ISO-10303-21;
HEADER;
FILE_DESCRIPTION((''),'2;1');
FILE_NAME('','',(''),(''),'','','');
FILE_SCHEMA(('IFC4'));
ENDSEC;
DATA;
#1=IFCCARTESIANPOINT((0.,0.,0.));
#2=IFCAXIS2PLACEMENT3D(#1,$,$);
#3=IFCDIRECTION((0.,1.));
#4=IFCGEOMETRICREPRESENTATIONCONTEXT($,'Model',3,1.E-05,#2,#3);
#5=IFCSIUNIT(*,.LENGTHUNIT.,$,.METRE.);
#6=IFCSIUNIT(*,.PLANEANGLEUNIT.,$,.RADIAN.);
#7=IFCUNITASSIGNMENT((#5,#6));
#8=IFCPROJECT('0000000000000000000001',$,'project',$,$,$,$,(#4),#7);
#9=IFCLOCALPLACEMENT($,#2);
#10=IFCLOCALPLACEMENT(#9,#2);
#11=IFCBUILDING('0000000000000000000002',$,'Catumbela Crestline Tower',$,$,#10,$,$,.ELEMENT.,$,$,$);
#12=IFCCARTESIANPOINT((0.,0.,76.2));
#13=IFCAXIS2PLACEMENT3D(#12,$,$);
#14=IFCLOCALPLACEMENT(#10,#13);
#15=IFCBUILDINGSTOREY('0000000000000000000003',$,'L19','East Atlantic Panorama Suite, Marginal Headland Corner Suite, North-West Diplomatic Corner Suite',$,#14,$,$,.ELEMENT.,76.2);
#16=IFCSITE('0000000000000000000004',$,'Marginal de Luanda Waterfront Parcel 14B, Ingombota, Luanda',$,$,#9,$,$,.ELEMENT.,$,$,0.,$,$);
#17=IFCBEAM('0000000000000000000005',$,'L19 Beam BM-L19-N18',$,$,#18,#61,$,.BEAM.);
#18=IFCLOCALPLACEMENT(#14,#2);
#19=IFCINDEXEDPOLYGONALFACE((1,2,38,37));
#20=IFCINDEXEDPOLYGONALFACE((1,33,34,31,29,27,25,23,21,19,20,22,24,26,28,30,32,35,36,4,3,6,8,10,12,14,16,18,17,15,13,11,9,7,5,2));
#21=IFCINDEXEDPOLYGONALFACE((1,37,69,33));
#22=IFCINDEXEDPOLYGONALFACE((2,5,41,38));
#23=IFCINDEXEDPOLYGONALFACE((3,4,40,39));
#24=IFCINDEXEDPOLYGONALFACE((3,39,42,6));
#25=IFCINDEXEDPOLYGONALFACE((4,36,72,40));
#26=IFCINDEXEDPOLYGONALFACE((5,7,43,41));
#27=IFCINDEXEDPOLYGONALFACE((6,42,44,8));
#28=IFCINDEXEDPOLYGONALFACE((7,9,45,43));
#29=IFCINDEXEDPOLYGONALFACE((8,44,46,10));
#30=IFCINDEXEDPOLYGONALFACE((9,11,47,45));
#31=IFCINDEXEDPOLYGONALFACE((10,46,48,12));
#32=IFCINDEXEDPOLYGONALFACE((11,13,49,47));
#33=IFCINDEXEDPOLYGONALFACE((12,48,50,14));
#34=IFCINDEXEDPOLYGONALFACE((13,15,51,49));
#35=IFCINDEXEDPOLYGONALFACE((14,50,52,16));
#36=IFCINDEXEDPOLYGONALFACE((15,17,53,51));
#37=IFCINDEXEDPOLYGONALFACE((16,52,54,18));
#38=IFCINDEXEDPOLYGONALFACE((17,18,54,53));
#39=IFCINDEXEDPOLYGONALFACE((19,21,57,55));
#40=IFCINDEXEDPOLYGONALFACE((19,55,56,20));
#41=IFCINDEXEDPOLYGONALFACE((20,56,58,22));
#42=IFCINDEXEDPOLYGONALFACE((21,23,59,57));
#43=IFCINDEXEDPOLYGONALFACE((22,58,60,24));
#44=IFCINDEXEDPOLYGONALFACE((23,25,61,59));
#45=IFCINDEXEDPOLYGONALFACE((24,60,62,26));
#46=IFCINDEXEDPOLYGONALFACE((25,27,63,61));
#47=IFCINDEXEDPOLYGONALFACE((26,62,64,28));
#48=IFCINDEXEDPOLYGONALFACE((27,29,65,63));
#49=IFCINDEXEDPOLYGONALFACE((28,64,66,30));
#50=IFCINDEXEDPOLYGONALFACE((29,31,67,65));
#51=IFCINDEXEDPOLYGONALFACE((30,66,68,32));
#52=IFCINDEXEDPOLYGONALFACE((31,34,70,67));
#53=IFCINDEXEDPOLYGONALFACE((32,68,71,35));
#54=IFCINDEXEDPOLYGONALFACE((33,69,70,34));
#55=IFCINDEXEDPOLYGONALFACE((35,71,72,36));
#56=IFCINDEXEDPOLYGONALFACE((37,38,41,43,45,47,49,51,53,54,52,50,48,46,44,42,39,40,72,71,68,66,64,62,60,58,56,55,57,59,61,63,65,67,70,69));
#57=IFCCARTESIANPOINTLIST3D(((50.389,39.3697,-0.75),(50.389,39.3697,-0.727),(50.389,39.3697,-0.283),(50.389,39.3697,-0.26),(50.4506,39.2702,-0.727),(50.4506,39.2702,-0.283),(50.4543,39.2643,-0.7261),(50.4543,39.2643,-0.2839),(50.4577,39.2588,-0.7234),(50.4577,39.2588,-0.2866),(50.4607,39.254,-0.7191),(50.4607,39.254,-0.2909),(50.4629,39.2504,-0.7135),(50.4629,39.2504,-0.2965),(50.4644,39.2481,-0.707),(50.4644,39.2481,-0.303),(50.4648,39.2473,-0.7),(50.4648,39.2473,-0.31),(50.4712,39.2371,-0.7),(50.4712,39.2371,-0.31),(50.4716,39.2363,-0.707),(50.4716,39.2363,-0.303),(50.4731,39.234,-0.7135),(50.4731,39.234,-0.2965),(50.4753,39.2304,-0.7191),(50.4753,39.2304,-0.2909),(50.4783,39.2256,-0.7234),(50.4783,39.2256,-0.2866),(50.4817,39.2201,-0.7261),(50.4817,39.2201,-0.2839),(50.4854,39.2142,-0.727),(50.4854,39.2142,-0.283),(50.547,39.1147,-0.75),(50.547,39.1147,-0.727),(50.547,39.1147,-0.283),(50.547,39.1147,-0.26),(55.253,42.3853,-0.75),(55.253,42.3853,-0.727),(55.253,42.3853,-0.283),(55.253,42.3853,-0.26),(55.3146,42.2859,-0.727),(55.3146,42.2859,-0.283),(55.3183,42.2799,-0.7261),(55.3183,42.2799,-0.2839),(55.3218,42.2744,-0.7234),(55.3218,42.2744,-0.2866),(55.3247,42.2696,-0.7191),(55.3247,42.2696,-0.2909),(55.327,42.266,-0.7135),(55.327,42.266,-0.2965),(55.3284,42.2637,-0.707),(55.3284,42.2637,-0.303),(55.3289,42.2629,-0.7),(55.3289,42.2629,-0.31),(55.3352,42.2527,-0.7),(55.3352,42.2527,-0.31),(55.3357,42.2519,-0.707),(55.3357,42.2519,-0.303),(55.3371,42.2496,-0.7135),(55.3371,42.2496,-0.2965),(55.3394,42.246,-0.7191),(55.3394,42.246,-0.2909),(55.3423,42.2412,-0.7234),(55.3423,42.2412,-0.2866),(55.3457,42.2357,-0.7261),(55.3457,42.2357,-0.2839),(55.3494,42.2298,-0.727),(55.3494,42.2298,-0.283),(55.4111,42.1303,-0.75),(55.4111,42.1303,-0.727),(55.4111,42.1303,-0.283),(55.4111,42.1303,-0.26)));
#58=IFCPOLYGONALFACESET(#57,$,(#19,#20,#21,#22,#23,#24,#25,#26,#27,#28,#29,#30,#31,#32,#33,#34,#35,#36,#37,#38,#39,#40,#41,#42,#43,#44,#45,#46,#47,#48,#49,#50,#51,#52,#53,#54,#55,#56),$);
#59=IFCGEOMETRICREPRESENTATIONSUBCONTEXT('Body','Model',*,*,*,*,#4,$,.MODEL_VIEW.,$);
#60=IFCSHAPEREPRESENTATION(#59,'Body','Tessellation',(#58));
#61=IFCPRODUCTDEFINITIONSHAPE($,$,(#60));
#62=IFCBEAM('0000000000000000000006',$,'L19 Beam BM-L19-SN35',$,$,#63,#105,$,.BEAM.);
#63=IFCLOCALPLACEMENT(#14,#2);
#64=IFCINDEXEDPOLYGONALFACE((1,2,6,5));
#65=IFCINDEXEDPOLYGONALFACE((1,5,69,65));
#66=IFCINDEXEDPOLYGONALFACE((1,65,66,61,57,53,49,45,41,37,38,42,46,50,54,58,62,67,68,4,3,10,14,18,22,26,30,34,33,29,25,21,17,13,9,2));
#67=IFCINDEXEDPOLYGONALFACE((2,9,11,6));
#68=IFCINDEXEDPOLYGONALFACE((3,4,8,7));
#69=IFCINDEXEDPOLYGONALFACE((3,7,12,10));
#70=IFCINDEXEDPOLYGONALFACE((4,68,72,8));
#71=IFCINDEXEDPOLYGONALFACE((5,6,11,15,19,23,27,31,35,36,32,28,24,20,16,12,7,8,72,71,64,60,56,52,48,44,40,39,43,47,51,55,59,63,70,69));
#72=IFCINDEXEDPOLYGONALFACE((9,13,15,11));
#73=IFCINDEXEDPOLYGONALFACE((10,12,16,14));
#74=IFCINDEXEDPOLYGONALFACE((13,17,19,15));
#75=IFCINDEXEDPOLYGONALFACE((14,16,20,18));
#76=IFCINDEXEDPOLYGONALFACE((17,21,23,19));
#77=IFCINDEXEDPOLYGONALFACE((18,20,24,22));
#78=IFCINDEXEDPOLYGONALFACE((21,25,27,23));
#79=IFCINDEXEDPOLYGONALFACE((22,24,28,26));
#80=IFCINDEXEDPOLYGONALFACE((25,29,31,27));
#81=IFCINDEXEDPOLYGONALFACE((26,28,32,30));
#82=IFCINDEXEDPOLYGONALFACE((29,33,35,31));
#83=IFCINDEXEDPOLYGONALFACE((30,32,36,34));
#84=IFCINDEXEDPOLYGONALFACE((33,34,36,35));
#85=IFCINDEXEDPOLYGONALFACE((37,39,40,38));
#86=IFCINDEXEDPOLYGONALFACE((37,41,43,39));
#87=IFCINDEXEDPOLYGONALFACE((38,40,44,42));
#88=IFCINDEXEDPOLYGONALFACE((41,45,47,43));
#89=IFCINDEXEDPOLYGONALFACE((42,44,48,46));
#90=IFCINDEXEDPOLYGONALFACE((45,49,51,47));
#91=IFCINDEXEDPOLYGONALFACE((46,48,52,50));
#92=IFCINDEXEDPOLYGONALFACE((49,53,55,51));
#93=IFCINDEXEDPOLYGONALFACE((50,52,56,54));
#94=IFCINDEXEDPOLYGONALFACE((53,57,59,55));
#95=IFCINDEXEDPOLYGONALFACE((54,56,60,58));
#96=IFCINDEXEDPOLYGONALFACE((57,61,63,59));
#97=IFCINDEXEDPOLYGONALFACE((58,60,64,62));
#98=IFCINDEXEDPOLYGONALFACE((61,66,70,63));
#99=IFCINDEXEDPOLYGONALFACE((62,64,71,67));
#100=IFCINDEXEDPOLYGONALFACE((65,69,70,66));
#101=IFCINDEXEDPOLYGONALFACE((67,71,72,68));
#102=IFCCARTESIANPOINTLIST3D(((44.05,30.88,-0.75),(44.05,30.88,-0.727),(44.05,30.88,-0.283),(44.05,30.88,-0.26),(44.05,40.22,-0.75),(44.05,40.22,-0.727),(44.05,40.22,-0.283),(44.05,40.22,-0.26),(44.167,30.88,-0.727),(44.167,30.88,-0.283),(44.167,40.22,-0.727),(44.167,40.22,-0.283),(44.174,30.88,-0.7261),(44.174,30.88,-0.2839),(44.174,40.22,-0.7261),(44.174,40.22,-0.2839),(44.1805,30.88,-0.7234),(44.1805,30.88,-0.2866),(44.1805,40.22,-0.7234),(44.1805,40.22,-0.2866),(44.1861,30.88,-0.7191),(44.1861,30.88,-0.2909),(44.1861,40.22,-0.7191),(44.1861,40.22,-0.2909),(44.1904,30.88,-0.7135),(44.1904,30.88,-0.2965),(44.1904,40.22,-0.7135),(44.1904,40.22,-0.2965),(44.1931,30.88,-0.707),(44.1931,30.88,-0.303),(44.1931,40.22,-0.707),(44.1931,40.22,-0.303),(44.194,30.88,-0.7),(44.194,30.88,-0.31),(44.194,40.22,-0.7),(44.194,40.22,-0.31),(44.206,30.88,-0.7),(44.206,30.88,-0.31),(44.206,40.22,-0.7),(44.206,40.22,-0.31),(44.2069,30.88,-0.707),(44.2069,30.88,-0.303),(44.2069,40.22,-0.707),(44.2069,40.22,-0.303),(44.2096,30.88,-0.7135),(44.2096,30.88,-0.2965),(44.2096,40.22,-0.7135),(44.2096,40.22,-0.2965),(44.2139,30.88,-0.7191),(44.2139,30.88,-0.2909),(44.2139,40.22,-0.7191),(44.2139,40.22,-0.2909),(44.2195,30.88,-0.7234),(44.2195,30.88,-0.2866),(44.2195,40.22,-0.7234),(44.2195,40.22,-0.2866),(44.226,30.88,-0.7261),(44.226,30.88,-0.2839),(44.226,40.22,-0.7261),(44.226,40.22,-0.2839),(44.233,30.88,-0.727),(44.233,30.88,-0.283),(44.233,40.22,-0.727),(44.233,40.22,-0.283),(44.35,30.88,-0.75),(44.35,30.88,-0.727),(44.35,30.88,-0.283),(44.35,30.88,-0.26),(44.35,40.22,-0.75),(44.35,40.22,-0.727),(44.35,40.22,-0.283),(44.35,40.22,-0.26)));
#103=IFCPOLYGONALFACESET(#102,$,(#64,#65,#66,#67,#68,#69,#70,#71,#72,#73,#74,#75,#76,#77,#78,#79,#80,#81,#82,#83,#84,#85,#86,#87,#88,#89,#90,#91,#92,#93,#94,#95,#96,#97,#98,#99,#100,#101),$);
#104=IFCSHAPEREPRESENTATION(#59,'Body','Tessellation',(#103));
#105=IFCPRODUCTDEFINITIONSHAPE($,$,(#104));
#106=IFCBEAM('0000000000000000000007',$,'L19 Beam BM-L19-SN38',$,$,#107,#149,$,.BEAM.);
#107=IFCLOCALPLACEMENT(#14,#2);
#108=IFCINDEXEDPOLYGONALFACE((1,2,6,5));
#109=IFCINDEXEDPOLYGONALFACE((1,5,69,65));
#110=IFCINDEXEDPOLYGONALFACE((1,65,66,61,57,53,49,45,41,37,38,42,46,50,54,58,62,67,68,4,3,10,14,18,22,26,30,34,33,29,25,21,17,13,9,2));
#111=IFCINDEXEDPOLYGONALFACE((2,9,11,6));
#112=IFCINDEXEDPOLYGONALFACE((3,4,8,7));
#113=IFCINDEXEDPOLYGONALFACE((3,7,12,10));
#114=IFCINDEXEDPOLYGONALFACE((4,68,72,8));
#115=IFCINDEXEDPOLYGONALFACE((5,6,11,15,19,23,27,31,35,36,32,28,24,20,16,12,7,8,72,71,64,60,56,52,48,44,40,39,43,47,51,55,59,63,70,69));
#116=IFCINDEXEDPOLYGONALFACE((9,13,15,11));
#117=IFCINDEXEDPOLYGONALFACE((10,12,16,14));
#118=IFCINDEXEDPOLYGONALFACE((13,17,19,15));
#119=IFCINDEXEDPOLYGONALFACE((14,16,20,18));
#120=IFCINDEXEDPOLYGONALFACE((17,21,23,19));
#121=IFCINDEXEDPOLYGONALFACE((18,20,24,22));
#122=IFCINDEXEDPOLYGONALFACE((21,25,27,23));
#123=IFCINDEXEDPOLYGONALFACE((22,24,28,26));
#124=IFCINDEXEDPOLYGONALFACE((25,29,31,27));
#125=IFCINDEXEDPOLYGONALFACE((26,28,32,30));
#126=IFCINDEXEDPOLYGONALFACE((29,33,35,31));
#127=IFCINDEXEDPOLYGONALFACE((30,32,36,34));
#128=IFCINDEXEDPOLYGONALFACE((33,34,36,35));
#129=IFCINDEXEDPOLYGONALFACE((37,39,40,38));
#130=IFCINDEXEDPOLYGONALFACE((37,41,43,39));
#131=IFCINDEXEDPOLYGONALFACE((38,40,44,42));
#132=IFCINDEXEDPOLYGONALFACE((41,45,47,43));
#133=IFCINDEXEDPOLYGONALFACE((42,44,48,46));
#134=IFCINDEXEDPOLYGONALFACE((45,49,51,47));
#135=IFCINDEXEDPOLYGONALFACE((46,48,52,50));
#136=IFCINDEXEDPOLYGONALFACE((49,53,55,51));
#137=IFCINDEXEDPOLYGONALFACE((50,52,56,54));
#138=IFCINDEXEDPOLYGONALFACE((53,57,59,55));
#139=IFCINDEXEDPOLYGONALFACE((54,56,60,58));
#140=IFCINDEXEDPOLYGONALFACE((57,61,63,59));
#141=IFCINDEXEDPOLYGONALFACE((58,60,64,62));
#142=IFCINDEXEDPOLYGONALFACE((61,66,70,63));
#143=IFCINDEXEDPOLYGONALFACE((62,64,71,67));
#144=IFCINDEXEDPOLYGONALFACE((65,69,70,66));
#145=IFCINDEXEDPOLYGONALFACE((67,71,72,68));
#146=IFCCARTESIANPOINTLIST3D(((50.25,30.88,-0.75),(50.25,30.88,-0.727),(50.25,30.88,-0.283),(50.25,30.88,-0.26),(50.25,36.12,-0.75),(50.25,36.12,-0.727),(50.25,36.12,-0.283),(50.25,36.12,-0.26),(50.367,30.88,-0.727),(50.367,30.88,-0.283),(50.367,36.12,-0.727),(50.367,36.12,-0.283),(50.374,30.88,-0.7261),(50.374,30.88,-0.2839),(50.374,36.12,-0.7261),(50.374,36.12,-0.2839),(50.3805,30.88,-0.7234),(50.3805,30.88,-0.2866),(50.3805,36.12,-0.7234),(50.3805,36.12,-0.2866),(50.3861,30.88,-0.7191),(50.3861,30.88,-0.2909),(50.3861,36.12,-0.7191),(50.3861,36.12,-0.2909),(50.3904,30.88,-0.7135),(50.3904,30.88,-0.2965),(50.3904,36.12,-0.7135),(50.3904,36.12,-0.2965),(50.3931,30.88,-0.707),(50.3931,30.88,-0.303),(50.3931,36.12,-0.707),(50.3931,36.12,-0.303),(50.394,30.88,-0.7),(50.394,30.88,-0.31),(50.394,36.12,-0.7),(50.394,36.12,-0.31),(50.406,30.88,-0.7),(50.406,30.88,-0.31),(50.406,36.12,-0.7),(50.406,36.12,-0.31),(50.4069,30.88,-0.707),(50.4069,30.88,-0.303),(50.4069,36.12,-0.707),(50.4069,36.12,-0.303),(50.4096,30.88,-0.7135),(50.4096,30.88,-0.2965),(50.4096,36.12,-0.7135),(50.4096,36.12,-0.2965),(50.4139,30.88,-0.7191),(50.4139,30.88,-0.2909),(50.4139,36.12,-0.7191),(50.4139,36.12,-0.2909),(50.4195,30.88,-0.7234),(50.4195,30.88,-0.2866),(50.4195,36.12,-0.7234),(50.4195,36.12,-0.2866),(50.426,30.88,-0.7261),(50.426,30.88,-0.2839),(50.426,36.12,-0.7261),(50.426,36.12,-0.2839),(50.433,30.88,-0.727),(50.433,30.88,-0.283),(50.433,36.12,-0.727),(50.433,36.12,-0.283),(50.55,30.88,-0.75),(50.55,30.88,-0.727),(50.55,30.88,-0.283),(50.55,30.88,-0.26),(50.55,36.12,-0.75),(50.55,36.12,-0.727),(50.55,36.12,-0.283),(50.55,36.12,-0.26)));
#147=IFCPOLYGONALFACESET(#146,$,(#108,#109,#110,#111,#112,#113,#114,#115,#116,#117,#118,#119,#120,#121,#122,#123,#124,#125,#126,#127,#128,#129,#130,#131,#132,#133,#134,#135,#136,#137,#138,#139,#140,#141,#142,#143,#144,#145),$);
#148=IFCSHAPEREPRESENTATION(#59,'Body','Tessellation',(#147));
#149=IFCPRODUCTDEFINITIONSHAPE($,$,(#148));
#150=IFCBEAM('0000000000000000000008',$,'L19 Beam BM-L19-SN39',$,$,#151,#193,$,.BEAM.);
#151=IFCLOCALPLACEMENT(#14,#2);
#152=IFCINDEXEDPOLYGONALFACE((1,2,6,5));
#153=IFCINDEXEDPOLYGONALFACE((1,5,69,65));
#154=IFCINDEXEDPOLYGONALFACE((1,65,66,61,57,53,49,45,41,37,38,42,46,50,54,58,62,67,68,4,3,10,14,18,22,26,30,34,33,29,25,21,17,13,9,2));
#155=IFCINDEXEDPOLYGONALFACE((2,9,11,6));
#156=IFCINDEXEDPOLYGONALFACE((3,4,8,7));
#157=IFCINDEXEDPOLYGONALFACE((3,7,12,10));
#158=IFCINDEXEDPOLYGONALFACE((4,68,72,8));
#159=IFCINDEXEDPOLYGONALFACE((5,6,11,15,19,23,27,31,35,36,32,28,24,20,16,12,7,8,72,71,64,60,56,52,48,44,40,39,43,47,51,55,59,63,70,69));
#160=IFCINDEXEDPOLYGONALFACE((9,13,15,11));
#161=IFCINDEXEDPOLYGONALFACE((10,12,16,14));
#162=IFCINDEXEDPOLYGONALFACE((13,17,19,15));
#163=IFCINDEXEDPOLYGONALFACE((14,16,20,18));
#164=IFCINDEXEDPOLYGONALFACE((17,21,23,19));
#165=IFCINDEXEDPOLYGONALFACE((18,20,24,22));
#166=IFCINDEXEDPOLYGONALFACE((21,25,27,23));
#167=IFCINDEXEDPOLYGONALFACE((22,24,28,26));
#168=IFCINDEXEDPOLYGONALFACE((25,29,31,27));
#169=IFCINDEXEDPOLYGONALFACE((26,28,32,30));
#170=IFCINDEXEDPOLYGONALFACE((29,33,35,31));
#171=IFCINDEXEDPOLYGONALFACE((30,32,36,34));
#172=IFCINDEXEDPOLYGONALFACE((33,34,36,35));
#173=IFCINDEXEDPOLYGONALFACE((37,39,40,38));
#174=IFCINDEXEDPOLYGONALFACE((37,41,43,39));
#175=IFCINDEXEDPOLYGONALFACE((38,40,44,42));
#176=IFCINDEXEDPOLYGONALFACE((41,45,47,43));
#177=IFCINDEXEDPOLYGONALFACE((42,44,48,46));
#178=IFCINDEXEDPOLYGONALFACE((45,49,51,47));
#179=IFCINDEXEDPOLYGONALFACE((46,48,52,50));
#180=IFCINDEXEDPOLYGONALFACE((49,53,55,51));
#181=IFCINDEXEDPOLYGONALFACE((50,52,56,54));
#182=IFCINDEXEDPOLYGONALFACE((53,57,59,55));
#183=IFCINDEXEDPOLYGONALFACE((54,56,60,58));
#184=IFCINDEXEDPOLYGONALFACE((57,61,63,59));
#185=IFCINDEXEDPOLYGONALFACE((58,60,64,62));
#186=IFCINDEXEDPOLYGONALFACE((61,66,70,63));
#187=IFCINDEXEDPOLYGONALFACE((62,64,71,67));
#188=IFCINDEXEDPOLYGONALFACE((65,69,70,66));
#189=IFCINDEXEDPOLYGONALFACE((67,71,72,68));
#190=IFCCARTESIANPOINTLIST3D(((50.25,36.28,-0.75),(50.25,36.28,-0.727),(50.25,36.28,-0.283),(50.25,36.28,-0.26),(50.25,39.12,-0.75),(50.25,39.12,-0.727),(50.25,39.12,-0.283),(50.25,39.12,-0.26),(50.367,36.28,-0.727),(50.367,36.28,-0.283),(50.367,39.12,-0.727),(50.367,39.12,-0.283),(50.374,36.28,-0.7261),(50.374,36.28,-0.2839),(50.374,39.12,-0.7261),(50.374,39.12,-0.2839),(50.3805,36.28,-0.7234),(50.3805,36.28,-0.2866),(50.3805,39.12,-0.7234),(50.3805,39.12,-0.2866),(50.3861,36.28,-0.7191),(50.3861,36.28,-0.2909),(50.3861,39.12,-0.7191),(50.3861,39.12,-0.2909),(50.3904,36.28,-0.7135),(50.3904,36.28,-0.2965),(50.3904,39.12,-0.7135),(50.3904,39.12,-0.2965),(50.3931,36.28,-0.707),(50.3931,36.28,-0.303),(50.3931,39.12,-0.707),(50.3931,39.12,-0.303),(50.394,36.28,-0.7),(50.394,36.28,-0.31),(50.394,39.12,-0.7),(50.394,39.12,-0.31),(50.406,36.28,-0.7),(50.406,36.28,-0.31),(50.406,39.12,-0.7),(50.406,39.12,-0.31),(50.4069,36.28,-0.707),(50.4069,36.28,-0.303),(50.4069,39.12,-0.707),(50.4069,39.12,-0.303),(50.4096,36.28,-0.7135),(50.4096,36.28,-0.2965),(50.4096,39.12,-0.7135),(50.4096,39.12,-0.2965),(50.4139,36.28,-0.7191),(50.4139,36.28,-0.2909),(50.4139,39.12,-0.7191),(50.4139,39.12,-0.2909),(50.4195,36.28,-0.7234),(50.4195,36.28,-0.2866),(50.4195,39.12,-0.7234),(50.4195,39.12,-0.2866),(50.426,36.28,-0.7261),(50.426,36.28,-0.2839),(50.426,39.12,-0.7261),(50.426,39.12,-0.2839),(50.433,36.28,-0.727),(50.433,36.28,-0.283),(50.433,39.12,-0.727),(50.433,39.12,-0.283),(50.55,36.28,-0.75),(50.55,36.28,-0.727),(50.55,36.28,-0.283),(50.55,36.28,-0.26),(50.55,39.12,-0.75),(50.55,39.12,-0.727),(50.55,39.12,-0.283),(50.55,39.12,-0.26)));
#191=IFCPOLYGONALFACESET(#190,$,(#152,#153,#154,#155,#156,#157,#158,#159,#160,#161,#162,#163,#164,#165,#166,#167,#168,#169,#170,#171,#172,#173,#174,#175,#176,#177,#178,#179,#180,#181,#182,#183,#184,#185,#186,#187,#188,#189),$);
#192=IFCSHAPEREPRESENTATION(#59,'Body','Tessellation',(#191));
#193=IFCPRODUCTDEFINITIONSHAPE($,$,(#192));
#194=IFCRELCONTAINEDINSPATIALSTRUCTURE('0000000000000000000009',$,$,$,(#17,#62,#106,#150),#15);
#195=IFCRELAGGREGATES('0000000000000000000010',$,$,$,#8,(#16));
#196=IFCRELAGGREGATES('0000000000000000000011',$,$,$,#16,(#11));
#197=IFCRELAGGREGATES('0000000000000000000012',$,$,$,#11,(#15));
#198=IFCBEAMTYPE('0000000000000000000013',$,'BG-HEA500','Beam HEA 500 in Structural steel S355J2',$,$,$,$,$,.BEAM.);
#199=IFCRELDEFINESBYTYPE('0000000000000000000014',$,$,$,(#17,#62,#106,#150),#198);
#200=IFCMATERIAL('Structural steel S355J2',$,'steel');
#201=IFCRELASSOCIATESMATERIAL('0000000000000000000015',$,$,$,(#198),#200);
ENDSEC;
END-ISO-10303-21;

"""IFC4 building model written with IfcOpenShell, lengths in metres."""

from ifc_helpers import new_model, si_unit, direction, frame, origin, origin_2d, place, context, subcontext, project, spatial, i_section, extrude, material, material_profile, profile_set, type_object, element, save


model = new_model("IFC4")

# Units and contexts
model_context = context("Model", 3, precision=1e-05, world=origin(), true_north=direction((0.0, 1.0)))
body_context = subcontext(model_context, "Body", "Model", "MODEL_VIEW")
ifc_project = project(units=[si_unit("LENGTHUNIT", "METRE"), si_unit("PLANEANGLEUNIT", "RADIAN")], contexts=[model_context])

# Site, building, storey
site_placement = place(None, origin())
site = spatial("IfcSite", under=ifc_project, at=site_placement, Name="Marginal de Luanda Waterfront Parcel 14B, Ingombota, Luanda", CompositionType="ELEMENT", RefElevation=0.0)
building_placement = place(site_placement, origin())
building = spatial("IfcBuilding", under=site, at=building_placement, Name="Catumbela Crestline Tower", CompositionType="ELEMENT")
storey_placement = place(building_placement, frame((0.0, 0.0, 76.2)))
storey = spatial("IfcBuildingStorey", under=building, at=storey_placement, Name="L19", Description="East Atlantic Panorama Suite, Marginal Headland Corner Suite, North-West Diplomatic Corner Suite", CompositionType="ELEMENT", Elevation=76.2)

# Beams
ifc_material_1 = material(Name="Structural steel S355J2", Category="steel")
ifc_material_profile_1 = material_profile(ifc_material_1, i_section(OverallWidth=0.3, OverallDepth=0.49, WebThickness=0.012, FlangeThickness=0.023, FilletRadius=0.027, at=origin_2d()), Name="HEA 500")
ifc_profile_set_1 = profile_set([ifc_material_profile_1], Name="Structural steel S355J2")
beam_type_1 = type_object("IfcBeamType", Name="BG-HEA500", Description="Beam HEA 500 in Structural steel S355J2", PredefinedType="BEAM", material=ifc_profile_set_1)
beam_1_placement = place(storey_placement, frame((50.468, 39.2422, -0.505), z_axis=(0.849909, 0.52693, 0.0), x_axis=(-0.52693, 0.849909, 0.0)))
element("IfcBeam", 1, at=beam_1_placement, inside=storey, type_object=beam_type_1, Name="L19 Beam BM-L19-N18", PredefinedType="BEAM", context=body_context, shape_type="SweptSolid", body=[
    extrude(i_section(OverallWidth=0.3, OverallDepth=0.49, WebThickness=0.012, FlangeThickness=0.023, FilletRadius=0.027, at=origin_2d()), origin(), (0.0, 0.0, 1.0), 5.723),
])
beam_2_placement = place(storey_placement, frame((44.2, 30.88, -0.505), z_axis=(0.0, 1.0, 0.0), x_axis=(-1.0, 0.0, 0.0)))
element("IfcBeam", 2, at=beam_2_placement, inside=storey, type_object=beam_type_1, Name="L19 Beam BM-L19-SN35", PredefinedType="BEAM", context=body_context, shape_type="SweptSolid", body=[
    extrude(i_section(OverallWidth=0.3, OverallDepth=0.49, WebThickness=0.012, FlangeThickness=0.023, FilletRadius=0.027, at=origin_2d()), origin(), (0.0, 0.0, 1.0), 9.34),
])
beam_3_placement = place(storey_placement, frame((50.4, 30.88, -0.505), z_axis=(0.0, 1.0, 0.0), x_axis=(-1.0, 0.0, 0.0)))
element("IfcBeam", 3, at=beam_3_placement, inside=storey, type_object=beam_type_1, Name="L19 Beam BM-L19-SN38", PredefinedType="BEAM", context=body_context, shape_type="SweptSolid", body=[
    extrude(i_section(OverallWidth=0.3, OverallDepth=0.49, WebThickness=0.012, FlangeThickness=0.023, FilletRadius=0.027, at=origin_2d()), origin(), (0.0, 0.0, 1.0), 5.24),
])
beam_4_placement = place(storey_placement, frame((50.4, 36.28, -0.505), z_axis=(0.0, 1.0, 0.0), x_axis=(-1.0, 0.0, 0.0)))
element("IfcBeam", 4, at=beam_4_placement, inside=storey, type_object=beam_type_1, Name="L19 Beam BM-L19-SN39", PredefinedType="BEAM", context=body_context, shape_type="SweptSolid", body=[
    extrude(i_section(OverallWidth=0.3, OverallDepth=0.49, WebThickness=0.012, FlangeThickness=0.023, FilletRadius=0.027, at=origin_2d()), origin(), (0.0, 0.0, 1.0), 2.84),
])

save(model, "model.ifc")
